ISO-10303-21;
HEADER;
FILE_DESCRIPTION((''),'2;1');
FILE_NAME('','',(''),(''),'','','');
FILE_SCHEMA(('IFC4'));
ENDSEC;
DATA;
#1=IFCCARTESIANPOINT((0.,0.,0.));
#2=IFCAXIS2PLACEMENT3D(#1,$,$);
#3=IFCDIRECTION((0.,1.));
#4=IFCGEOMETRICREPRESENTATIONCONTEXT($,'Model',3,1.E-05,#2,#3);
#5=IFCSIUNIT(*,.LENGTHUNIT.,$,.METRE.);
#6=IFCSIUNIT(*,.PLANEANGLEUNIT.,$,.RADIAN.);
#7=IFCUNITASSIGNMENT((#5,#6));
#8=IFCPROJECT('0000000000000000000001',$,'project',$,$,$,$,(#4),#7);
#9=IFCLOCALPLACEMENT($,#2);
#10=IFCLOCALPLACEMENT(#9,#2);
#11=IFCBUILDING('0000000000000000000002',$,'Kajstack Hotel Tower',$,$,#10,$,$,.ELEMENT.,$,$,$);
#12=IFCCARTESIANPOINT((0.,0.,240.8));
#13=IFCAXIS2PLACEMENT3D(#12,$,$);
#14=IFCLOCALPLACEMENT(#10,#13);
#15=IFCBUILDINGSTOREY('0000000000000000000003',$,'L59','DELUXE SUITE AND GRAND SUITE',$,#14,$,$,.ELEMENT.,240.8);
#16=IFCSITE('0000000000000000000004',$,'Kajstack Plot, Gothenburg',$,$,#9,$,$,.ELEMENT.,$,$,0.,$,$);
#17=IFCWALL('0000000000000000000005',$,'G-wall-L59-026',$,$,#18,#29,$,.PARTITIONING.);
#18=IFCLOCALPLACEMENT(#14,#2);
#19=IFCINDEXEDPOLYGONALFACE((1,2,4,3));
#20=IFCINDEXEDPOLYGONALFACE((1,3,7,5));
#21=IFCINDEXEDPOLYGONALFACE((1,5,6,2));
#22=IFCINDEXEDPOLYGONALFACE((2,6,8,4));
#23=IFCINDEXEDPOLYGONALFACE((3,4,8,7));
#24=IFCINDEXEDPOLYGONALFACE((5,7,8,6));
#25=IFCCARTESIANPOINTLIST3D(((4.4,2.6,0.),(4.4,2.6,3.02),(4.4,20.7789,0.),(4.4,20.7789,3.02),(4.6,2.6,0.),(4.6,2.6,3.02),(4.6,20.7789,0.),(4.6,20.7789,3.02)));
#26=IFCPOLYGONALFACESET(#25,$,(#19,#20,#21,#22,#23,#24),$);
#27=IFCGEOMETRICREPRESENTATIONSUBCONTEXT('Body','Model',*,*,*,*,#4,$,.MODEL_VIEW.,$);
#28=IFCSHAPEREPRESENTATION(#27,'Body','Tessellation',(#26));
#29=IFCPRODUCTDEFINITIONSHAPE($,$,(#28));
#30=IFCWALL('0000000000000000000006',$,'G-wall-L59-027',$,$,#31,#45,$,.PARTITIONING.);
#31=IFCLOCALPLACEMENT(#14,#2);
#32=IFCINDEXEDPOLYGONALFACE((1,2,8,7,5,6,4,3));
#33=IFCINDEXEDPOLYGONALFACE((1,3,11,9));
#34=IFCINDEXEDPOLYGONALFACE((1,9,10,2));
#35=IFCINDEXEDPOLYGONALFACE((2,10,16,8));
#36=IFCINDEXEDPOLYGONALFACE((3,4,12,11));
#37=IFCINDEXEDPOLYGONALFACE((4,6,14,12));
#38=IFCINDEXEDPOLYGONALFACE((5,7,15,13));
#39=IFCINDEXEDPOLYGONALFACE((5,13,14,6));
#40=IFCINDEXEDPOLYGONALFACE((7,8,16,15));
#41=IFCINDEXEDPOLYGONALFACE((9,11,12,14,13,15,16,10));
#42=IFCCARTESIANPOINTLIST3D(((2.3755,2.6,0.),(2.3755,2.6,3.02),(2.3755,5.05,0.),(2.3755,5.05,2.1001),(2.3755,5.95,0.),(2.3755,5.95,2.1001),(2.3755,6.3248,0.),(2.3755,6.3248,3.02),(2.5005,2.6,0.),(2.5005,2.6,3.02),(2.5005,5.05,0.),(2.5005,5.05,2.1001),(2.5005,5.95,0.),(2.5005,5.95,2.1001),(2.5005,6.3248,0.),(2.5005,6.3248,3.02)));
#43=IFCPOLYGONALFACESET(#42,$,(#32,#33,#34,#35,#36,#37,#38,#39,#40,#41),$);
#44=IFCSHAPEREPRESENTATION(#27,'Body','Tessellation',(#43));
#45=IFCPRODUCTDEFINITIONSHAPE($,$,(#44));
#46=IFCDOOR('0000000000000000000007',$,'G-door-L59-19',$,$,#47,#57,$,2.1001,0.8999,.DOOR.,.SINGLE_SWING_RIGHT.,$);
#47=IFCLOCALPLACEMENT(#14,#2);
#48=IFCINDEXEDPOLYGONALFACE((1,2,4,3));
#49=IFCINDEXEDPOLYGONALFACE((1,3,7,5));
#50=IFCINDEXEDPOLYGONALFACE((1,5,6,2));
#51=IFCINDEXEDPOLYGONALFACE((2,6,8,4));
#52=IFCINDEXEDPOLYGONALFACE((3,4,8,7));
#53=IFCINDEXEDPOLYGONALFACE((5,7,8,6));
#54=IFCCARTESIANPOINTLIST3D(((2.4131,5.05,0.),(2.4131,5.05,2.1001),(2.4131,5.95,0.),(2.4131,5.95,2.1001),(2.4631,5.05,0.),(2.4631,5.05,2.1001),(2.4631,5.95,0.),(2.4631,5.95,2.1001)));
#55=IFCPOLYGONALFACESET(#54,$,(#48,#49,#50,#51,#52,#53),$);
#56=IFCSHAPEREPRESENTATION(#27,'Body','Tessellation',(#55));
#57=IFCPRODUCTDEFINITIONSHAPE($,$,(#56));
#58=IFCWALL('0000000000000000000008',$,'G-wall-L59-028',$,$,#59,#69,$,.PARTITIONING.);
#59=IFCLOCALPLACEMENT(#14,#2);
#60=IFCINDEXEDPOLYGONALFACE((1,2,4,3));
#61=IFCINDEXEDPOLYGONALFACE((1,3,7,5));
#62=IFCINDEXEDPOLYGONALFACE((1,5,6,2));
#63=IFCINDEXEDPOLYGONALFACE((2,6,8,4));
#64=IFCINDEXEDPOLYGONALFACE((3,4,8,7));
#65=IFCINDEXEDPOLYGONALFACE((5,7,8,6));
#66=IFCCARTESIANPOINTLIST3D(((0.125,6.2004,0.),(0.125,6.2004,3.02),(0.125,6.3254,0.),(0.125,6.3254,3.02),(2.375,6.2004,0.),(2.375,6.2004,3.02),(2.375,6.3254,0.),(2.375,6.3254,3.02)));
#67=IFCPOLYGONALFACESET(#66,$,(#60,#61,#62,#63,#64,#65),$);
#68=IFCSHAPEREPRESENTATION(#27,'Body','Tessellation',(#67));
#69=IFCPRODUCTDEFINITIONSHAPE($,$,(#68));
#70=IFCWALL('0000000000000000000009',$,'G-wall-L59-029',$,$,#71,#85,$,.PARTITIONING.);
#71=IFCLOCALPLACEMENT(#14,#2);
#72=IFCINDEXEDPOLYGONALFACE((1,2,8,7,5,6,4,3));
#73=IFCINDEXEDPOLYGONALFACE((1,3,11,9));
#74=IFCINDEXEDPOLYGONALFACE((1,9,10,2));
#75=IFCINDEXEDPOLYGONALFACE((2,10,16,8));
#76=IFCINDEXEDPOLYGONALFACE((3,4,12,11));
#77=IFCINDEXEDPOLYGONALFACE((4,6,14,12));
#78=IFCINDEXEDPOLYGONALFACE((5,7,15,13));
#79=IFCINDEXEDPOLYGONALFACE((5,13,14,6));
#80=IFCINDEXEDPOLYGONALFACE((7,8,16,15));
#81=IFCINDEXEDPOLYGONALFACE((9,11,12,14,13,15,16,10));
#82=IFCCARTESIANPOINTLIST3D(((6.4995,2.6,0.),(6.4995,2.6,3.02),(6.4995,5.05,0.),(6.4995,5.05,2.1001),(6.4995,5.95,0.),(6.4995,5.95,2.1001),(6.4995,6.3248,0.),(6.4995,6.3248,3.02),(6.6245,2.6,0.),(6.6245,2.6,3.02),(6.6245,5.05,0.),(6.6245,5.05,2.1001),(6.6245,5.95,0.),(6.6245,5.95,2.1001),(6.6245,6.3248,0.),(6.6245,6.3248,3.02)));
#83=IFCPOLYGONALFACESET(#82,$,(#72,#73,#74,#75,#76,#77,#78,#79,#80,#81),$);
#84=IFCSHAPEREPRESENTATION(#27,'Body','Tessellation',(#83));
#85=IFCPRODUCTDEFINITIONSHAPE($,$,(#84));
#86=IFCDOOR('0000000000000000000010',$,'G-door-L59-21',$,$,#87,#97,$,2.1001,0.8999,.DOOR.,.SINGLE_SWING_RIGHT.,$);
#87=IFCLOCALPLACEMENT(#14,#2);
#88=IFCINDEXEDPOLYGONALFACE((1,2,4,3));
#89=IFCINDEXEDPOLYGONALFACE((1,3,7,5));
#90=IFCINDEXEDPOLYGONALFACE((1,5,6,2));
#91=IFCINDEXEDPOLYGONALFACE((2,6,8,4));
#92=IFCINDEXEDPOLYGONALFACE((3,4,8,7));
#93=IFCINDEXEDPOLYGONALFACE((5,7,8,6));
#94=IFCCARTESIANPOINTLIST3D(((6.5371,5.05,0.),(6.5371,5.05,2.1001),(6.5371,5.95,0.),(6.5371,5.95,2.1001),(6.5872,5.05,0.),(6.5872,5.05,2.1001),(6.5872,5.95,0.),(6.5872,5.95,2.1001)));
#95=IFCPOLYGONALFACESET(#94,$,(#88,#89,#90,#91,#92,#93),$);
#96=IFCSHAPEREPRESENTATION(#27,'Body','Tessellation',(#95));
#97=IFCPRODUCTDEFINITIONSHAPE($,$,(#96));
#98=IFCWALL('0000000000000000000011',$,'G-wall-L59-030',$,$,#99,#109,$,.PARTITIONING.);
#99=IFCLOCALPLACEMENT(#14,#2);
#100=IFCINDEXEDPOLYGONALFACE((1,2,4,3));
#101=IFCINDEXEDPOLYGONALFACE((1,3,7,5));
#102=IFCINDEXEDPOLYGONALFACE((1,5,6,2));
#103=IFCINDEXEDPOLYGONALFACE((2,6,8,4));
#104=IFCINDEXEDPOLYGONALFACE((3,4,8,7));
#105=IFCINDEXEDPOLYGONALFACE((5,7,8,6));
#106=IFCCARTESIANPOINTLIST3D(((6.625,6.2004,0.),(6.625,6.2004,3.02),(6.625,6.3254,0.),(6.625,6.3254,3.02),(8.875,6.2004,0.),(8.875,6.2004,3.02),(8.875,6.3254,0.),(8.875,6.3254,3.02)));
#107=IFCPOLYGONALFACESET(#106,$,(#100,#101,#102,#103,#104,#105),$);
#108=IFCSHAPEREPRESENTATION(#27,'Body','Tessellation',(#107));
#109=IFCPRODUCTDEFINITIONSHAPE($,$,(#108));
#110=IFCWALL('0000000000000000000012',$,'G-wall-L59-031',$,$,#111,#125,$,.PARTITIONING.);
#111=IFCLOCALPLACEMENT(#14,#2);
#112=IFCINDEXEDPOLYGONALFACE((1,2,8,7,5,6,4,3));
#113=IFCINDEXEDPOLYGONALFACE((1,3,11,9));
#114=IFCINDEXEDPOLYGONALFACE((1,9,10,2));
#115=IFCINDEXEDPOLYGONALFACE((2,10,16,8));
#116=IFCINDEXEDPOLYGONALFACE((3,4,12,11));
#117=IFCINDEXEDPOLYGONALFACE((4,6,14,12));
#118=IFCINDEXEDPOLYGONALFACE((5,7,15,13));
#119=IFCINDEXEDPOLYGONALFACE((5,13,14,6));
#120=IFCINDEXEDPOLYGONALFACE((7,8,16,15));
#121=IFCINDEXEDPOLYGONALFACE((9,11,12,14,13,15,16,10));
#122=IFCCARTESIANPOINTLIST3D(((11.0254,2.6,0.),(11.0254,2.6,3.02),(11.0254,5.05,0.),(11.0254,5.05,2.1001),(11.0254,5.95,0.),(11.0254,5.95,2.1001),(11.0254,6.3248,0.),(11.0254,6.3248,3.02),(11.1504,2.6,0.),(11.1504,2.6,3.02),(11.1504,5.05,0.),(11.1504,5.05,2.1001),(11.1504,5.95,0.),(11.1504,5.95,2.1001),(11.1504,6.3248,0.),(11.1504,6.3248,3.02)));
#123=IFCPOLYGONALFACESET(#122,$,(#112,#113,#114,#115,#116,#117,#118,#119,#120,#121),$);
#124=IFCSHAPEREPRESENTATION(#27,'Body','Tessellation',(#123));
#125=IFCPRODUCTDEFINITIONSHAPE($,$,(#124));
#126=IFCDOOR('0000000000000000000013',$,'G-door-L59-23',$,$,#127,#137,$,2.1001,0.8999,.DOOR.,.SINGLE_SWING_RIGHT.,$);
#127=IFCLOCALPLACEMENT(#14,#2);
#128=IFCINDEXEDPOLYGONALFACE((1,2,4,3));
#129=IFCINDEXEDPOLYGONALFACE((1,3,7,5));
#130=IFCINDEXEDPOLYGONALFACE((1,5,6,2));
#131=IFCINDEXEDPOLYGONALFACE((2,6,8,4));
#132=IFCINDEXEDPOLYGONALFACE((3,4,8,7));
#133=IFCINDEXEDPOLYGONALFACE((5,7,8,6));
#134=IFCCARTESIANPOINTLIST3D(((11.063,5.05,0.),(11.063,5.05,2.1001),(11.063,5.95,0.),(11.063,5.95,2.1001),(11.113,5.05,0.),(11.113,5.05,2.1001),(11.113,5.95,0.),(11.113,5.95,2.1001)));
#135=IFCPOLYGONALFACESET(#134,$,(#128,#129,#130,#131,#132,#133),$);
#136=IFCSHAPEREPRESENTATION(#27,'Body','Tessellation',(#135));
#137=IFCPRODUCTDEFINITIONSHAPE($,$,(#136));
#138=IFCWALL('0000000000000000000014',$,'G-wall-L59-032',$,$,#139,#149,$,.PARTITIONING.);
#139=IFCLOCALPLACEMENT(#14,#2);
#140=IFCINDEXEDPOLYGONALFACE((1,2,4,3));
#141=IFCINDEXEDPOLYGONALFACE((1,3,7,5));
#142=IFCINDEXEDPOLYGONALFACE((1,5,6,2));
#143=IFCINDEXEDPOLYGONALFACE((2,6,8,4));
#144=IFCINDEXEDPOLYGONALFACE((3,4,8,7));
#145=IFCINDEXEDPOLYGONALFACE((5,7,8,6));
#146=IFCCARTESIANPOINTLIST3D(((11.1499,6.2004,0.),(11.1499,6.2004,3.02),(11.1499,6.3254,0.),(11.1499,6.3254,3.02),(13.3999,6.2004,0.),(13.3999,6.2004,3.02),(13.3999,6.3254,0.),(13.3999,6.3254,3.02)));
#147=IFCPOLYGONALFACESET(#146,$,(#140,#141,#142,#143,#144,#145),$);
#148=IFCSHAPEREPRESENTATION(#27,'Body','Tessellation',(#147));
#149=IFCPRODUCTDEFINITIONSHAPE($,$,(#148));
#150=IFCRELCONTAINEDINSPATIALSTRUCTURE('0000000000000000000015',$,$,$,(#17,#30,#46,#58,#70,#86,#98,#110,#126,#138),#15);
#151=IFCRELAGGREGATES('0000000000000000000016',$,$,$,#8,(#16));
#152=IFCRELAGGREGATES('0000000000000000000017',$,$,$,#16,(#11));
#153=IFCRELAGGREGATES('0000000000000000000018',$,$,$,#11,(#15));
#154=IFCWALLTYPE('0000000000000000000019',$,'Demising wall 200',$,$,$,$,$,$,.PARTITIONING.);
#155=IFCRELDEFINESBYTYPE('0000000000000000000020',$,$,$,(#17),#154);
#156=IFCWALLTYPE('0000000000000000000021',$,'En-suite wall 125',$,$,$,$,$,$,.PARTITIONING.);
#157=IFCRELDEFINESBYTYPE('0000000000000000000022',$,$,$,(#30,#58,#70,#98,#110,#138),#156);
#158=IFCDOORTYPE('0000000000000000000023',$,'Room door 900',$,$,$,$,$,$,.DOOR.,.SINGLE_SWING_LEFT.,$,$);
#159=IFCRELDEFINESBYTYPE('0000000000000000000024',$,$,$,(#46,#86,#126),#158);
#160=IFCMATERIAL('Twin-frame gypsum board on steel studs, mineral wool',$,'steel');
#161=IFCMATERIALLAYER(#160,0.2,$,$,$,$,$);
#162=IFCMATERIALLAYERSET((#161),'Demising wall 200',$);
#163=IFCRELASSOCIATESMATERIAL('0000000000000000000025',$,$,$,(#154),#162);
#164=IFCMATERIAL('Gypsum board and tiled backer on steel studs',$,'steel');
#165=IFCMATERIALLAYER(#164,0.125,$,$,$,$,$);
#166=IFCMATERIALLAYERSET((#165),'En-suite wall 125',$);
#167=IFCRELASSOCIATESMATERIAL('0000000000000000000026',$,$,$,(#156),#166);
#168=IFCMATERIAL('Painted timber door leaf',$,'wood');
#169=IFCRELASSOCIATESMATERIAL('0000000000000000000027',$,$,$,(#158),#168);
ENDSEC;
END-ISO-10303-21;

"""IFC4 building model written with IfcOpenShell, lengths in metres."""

from ifc_helpers import new_model, si_unit, direction, frame, frame_2d, origin, place, context, subcontext, project, spatial, rectangle, extrude, material, layer, layer_set, type_object, element, fill, save


model = new_model("IFC4")

# Units and contexts
model_context = context("Model", 3, precision=1e-05, world=origin(), true_north=direction((0.0, 1.0)))
body_context = subcontext(model_context, "Body", "Model", "MODEL_VIEW")
ifc_project = project(units=[si_unit("LENGTHUNIT", "METRE"), si_unit("PLANEANGLEUNIT", "RADIAN")], contexts=[model_context])

# Site, building, storey
site_placement = place(None, origin())
site = spatial("IfcSite", under=ifc_project, at=site_placement, Name="Kajstack Plot, Gothenburg", CompositionType="ELEMENT", RefElevation=0.0)
building_placement = place(site_placement, origin())
building = spatial("IfcBuilding", under=site, at=building_placement, Name="Kajstack Hotel Tower", CompositionType="ELEMENT")
storey_placement = place(building_placement, frame((0.0, 0.0, 240.8)))
storey = spatial("IfcBuildingStorey", under=building, at=storey_placement, Name="L59", Description="DELUXE SUITE AND GRAND SUITE", CompositionType="ELEMENT", Elevation=240.8)

# Wall
ifc_material_1 = material(Name="Twin-frame gypsum board on steel studs, mineral wool", Category="steel")
ifc_layer_1 = layer(ifc_material_1, 0.2)
ifc_layer_set_1 = layer_set([ifc_layer_1], Name="Demising wall 200")
wall_type_1 = type_object("IfcWallType", Name="Demising wall 200", PredefinedType="PARTITIONING", material=ifc_layer_set_1)
wall_1_placement = place(storey_placement, frame((4.5, 2.6001, 0.0), z_axis=(0.0, 0.0, 1.0), x_axis=(0.0, 1.0, 0.0)))
element("IfcWall", 1, at=wall_1_placement, inside=storey, type_object=wall_type_1, Name="G-wall-L59-026", PredefinedType="PARTITIONING", context=body_context, shape_type="SweptSolid", body=[
    extrude(rectangle(XDim=18.179, YDim=0.2, at=frame_2d((9.0894, 0.0))), origin(), (0.0, 0.0, 1.0), 3.02),
])

# Wall, opening, door
ifc_material_2 = material(Name="Gypsum board and tiled backer on steel studs", Category="steel")
ifc_layer_2 = layer(ifc_material_2, 0.125)
ifc_layer_set_2 = layer_set([ifc_layer_2], Name="En-suite wall 125")
wall_type_2 = type_object("IfcWallType", Name="En-suite wall 125", PredefinedType="PARTITIONING", material=ifc_layer_set_2)
wall_2_placement = place(storey_placement, frame((2.438, 2.6001, 0.0), z_axis=(0.0, 0.0, 1.0), x_axis=(0.0, 1.0, 0.0)))
wall_2 = element("IfcWall", 2, at=wall_2_placement, inside=storey, type_object=wall_type_2, Name="G-wall-L59-027", PredefinedType="PARTITIONING", context=body_context, shape_type="SweptSolid", body=[
    extrude(rectangle(XDim=3.7249, YDim=0.125, at=frame_2d((1.8623, 0.0))), origin(), (0.0, 0.0, 1.0), 3.02),
])
opening_1_placement = place(wall_2_placement, frame((2.45, 0.0, 0.0)))
opening_1 = element("IfcOpeningElement", 3, at=opening_1_placement, cuts=wall_2, PredefinedType="OPENING", context=body_context, shape_type="SweptSolid", body=[
    extrude(rectangle(XDim=0.8999, YDim=2.1001, at=frame_2d((0.45, 1.05))), frame((0.0, 0.0725, 0.0), z_axis=(0.0, -1.0, 0.0), x_axis=(1.0, 0.0, 0.0)), (0.0, 0.0, 1.0), 0.145),
])
ifc_material_3 = material(Name="Painted timber door leaf", Category="wood")
door_type_1 = type_object("IfcDoorType", Name="Room door 900", OperationType="SINGLE_SWING_LEFT", PredefinedType="DOOR", material=ifc_material_3)
door_1_placement = place(opening_1_placement, origin())
door_1 = element("IfcDoor", 4, at=door_1_placement, inside=storey, type_object=door_type_1, Name="G-door-L59-19", OperationType="SINGLE_SWING_RIGHT", OverallHeight=2.1001, OverallWidth=0.8999, PredefinedType="DOOR", context=body_context, shape_type="SweptSolid", body=[
    extrude(rectangle(XDim=0.8999, YDim=2.1001, at=frame_2d((0.45, 1.05))), frame((0.0, 0.0249, 0.0), z_axis=(0.0, -1.0, 0.0), x_axis=(1.0, 0.0, 0.0)), (0.0, 0.0, 1.0), 0.05),
])
fill(opening_1, door_1)

# Wall
wall_3_placement = place(storey_placement, frame((0.125, 6.2629, 0.0), z_axis=(0.0, 0.0, 1.0), x_axis=(1.0, 0.0, 0.0)))
element("IfcWall", 5, at=wall_3_placement, inside=storey, type_object=wall_type_2, Name="G-wall-L59-028", PredefinedType="PARTITIONING", context=body_context, shape_type="SweptSolid", body=[
    extrude(rectangle(XDim=2.25, YDim=0.125, at=frame_2d((1.125, 0.0))), origin(), (0.0, 0.0, 1.0), 3.02),
])

# Wall, opening, door
wall_4_placement = place(storey_placement, frame((6.562, 2.6001, 0.0), z_axis=(0.0, 0.0, 1.0), x_axis=(0.0, 1.0, 0.0)))
wall_4 = element("IfcWall", 6, at=wall_4_placement, inside=storey, type_object=wall_type_2, Name="G-wall-L59-029", PredefinedType="PARTITIONING", context=body_context, shape_type="SweptSolid", body=[
    extrude(rectangle(XDim=3.7249, YDim=0.125, at=frame_2d((1.8623, 0.0))), origin(), (0.0, 0.0, 1.0), 3.02),
])
opening_2_placement = place(wall_4_placement, frame((2.45, 0.0, 0.0)))
opening_2 = element("IfcOpeningElement", 7, at=opening_2_placement, cuts=wall_4, PredefinedType="OPENING", context=body_context, shape_type="SweptSolid", body=[
    extrude(rectangle(XDim=0.8999, YDim=2.1001, at=frame_2d((0.45, 1.05))), frame((0.0, 0.0725, 0.0), z_axis=(0.0, -1.0, 0.0), x_axis=(1.0, 0.0, 0.0)), (0.0, 0.0, 1.0), 0.145),
])
door_2_placement = place(opening_2_placement, origin())
door_2 = element("IfcDoor", 8, at=door_2_placement, inside=storey, type_object=door_type_1, Name="G-door-L59-21", OperationType="SINGLE_SWING_RIGHT", OverallHeight=2.1001, OverallWidth=0.8999, PredefinedType="DOOR", context=body_context, shape_type="SweptSolid", body=[
    extrude(rectangle(XDim=0.8999, YDim=2.1001, at=frame_2d((0.45, 1.05))), frame((0.0, 0.0249, 0.0), z_axis=(0.0, -1.0, 0.0), x_axis=(1.0, 0.0, 0.0)), (0.0, 0.0, 1.0), 0.05),
])
fill(opening_2, door_2)

# Wall
wall_5_placement = place(storey_placement, frame((6.625, 6.2629, 0.0), z_axis=(0.0, 0.0, 1.0), x_axis=(1.0, 0.0, 0.0)))
element("IfcWall", 9, at=wall_5_placement, inside=storey, type_object=wall_type_2, Name="G-wall-L59-030", PredefinedType="PARTITIONING", context=body_context, shape_type="SweptSolid", body=[
    extrude(rectangle(XDim=2.25, YDim=0.125, at=frame_2d((1.125, 0.0))), origin(), (0.0, 0.0, 1.0), 3.02),
])

# Wall, opening, door
wall_6_placement = place(storey_placement, frame((11.0879, 2.6001, 0.0), z_axis=(0.0, 0.0, 1.0), x_axis=(0.0, 1.0, 0.0)))
wall_6 = element("IfcWall", 10, at=wall_6_placement, inside=storey, type_object=wall_type_2, Name="G-wall-L59-031", PredefinedType="PARTITIONING", context=body_context, shape_type="SweptSolid", body=[
    extrude(rectangle(XDim=3.7249, YDim=0.125, at=frame_2d((1.8623, 0.0))), origin(), (0.0, 0.0, 1.0), 3.02),
])
opening_3_placement = place(wall_6_placement, frame((2.45, 0.0, 0.0)))
opening_3 = element("IfcOpeningElement", 11, at=opening_3_placement, cuts=wall_6, PredefinedType="OPENING", context=body_context, shape_type="SweptSolid", body=[
    extrude(rectangle(XDim=0.8999, YDim=2.1001, at=frame_2d((0.45, 1.05))), frame((0.0, 0.0725, 0.0), z_axis=(0.0, -1.0, 0.0), x_axis=(1.0, 0.0, 0.0)), (0.0, 0.0, 1.0), 0.145),
])
door_3_placement = place(opening_3_placement, origin())
door_3 = element("IfcDoor", 12, at=door_3_placement, inside=storey, type_object=door_type_1, Name="G-door-L59-23", OperationType="SINGLE_SWING_RIGHT", OverallHeight=2.1001, OverallWidth=0.8999, PredefinedType="DOOR", context=body_context, shape_type="SweptSolid", body=[
    extrude(rectangle(XDim=0.8999, YDim=2.1001, at=frame_2d((0.45, 1.05))), frame((0.0, 0.0249, 0.0), z_axis=(0.0, -1.0, 0.0), x_axis=(1.0, 0.0, 0.0)), (0.0, 0.0, 1.0), 0.05),
])
fill(opening_3, door_3)

# Wall
wall_7_placement = place(storey_placement, frame((11.1499, 6.2629, 0.0), z_axis=(0.0, 0.0, 1.0), x_axis=(1.0, 0.0, 0.0)))
element("IfcWall", 13, at=wall_7_placement, inside=storey, type_object=wall_type_2, Name="G-wall-L59-032", PredefinedType="PARTITIONING", context=body_context, shape_type="SweptSolid", body=[
    extrude(rectangle(XDim=2.25, YDim=0.125, at=frame_2d((1.125, 0.0))), origin(), (0.0, 0.0, 1.0), 3.02),
])

save(model, "model.ifc")
